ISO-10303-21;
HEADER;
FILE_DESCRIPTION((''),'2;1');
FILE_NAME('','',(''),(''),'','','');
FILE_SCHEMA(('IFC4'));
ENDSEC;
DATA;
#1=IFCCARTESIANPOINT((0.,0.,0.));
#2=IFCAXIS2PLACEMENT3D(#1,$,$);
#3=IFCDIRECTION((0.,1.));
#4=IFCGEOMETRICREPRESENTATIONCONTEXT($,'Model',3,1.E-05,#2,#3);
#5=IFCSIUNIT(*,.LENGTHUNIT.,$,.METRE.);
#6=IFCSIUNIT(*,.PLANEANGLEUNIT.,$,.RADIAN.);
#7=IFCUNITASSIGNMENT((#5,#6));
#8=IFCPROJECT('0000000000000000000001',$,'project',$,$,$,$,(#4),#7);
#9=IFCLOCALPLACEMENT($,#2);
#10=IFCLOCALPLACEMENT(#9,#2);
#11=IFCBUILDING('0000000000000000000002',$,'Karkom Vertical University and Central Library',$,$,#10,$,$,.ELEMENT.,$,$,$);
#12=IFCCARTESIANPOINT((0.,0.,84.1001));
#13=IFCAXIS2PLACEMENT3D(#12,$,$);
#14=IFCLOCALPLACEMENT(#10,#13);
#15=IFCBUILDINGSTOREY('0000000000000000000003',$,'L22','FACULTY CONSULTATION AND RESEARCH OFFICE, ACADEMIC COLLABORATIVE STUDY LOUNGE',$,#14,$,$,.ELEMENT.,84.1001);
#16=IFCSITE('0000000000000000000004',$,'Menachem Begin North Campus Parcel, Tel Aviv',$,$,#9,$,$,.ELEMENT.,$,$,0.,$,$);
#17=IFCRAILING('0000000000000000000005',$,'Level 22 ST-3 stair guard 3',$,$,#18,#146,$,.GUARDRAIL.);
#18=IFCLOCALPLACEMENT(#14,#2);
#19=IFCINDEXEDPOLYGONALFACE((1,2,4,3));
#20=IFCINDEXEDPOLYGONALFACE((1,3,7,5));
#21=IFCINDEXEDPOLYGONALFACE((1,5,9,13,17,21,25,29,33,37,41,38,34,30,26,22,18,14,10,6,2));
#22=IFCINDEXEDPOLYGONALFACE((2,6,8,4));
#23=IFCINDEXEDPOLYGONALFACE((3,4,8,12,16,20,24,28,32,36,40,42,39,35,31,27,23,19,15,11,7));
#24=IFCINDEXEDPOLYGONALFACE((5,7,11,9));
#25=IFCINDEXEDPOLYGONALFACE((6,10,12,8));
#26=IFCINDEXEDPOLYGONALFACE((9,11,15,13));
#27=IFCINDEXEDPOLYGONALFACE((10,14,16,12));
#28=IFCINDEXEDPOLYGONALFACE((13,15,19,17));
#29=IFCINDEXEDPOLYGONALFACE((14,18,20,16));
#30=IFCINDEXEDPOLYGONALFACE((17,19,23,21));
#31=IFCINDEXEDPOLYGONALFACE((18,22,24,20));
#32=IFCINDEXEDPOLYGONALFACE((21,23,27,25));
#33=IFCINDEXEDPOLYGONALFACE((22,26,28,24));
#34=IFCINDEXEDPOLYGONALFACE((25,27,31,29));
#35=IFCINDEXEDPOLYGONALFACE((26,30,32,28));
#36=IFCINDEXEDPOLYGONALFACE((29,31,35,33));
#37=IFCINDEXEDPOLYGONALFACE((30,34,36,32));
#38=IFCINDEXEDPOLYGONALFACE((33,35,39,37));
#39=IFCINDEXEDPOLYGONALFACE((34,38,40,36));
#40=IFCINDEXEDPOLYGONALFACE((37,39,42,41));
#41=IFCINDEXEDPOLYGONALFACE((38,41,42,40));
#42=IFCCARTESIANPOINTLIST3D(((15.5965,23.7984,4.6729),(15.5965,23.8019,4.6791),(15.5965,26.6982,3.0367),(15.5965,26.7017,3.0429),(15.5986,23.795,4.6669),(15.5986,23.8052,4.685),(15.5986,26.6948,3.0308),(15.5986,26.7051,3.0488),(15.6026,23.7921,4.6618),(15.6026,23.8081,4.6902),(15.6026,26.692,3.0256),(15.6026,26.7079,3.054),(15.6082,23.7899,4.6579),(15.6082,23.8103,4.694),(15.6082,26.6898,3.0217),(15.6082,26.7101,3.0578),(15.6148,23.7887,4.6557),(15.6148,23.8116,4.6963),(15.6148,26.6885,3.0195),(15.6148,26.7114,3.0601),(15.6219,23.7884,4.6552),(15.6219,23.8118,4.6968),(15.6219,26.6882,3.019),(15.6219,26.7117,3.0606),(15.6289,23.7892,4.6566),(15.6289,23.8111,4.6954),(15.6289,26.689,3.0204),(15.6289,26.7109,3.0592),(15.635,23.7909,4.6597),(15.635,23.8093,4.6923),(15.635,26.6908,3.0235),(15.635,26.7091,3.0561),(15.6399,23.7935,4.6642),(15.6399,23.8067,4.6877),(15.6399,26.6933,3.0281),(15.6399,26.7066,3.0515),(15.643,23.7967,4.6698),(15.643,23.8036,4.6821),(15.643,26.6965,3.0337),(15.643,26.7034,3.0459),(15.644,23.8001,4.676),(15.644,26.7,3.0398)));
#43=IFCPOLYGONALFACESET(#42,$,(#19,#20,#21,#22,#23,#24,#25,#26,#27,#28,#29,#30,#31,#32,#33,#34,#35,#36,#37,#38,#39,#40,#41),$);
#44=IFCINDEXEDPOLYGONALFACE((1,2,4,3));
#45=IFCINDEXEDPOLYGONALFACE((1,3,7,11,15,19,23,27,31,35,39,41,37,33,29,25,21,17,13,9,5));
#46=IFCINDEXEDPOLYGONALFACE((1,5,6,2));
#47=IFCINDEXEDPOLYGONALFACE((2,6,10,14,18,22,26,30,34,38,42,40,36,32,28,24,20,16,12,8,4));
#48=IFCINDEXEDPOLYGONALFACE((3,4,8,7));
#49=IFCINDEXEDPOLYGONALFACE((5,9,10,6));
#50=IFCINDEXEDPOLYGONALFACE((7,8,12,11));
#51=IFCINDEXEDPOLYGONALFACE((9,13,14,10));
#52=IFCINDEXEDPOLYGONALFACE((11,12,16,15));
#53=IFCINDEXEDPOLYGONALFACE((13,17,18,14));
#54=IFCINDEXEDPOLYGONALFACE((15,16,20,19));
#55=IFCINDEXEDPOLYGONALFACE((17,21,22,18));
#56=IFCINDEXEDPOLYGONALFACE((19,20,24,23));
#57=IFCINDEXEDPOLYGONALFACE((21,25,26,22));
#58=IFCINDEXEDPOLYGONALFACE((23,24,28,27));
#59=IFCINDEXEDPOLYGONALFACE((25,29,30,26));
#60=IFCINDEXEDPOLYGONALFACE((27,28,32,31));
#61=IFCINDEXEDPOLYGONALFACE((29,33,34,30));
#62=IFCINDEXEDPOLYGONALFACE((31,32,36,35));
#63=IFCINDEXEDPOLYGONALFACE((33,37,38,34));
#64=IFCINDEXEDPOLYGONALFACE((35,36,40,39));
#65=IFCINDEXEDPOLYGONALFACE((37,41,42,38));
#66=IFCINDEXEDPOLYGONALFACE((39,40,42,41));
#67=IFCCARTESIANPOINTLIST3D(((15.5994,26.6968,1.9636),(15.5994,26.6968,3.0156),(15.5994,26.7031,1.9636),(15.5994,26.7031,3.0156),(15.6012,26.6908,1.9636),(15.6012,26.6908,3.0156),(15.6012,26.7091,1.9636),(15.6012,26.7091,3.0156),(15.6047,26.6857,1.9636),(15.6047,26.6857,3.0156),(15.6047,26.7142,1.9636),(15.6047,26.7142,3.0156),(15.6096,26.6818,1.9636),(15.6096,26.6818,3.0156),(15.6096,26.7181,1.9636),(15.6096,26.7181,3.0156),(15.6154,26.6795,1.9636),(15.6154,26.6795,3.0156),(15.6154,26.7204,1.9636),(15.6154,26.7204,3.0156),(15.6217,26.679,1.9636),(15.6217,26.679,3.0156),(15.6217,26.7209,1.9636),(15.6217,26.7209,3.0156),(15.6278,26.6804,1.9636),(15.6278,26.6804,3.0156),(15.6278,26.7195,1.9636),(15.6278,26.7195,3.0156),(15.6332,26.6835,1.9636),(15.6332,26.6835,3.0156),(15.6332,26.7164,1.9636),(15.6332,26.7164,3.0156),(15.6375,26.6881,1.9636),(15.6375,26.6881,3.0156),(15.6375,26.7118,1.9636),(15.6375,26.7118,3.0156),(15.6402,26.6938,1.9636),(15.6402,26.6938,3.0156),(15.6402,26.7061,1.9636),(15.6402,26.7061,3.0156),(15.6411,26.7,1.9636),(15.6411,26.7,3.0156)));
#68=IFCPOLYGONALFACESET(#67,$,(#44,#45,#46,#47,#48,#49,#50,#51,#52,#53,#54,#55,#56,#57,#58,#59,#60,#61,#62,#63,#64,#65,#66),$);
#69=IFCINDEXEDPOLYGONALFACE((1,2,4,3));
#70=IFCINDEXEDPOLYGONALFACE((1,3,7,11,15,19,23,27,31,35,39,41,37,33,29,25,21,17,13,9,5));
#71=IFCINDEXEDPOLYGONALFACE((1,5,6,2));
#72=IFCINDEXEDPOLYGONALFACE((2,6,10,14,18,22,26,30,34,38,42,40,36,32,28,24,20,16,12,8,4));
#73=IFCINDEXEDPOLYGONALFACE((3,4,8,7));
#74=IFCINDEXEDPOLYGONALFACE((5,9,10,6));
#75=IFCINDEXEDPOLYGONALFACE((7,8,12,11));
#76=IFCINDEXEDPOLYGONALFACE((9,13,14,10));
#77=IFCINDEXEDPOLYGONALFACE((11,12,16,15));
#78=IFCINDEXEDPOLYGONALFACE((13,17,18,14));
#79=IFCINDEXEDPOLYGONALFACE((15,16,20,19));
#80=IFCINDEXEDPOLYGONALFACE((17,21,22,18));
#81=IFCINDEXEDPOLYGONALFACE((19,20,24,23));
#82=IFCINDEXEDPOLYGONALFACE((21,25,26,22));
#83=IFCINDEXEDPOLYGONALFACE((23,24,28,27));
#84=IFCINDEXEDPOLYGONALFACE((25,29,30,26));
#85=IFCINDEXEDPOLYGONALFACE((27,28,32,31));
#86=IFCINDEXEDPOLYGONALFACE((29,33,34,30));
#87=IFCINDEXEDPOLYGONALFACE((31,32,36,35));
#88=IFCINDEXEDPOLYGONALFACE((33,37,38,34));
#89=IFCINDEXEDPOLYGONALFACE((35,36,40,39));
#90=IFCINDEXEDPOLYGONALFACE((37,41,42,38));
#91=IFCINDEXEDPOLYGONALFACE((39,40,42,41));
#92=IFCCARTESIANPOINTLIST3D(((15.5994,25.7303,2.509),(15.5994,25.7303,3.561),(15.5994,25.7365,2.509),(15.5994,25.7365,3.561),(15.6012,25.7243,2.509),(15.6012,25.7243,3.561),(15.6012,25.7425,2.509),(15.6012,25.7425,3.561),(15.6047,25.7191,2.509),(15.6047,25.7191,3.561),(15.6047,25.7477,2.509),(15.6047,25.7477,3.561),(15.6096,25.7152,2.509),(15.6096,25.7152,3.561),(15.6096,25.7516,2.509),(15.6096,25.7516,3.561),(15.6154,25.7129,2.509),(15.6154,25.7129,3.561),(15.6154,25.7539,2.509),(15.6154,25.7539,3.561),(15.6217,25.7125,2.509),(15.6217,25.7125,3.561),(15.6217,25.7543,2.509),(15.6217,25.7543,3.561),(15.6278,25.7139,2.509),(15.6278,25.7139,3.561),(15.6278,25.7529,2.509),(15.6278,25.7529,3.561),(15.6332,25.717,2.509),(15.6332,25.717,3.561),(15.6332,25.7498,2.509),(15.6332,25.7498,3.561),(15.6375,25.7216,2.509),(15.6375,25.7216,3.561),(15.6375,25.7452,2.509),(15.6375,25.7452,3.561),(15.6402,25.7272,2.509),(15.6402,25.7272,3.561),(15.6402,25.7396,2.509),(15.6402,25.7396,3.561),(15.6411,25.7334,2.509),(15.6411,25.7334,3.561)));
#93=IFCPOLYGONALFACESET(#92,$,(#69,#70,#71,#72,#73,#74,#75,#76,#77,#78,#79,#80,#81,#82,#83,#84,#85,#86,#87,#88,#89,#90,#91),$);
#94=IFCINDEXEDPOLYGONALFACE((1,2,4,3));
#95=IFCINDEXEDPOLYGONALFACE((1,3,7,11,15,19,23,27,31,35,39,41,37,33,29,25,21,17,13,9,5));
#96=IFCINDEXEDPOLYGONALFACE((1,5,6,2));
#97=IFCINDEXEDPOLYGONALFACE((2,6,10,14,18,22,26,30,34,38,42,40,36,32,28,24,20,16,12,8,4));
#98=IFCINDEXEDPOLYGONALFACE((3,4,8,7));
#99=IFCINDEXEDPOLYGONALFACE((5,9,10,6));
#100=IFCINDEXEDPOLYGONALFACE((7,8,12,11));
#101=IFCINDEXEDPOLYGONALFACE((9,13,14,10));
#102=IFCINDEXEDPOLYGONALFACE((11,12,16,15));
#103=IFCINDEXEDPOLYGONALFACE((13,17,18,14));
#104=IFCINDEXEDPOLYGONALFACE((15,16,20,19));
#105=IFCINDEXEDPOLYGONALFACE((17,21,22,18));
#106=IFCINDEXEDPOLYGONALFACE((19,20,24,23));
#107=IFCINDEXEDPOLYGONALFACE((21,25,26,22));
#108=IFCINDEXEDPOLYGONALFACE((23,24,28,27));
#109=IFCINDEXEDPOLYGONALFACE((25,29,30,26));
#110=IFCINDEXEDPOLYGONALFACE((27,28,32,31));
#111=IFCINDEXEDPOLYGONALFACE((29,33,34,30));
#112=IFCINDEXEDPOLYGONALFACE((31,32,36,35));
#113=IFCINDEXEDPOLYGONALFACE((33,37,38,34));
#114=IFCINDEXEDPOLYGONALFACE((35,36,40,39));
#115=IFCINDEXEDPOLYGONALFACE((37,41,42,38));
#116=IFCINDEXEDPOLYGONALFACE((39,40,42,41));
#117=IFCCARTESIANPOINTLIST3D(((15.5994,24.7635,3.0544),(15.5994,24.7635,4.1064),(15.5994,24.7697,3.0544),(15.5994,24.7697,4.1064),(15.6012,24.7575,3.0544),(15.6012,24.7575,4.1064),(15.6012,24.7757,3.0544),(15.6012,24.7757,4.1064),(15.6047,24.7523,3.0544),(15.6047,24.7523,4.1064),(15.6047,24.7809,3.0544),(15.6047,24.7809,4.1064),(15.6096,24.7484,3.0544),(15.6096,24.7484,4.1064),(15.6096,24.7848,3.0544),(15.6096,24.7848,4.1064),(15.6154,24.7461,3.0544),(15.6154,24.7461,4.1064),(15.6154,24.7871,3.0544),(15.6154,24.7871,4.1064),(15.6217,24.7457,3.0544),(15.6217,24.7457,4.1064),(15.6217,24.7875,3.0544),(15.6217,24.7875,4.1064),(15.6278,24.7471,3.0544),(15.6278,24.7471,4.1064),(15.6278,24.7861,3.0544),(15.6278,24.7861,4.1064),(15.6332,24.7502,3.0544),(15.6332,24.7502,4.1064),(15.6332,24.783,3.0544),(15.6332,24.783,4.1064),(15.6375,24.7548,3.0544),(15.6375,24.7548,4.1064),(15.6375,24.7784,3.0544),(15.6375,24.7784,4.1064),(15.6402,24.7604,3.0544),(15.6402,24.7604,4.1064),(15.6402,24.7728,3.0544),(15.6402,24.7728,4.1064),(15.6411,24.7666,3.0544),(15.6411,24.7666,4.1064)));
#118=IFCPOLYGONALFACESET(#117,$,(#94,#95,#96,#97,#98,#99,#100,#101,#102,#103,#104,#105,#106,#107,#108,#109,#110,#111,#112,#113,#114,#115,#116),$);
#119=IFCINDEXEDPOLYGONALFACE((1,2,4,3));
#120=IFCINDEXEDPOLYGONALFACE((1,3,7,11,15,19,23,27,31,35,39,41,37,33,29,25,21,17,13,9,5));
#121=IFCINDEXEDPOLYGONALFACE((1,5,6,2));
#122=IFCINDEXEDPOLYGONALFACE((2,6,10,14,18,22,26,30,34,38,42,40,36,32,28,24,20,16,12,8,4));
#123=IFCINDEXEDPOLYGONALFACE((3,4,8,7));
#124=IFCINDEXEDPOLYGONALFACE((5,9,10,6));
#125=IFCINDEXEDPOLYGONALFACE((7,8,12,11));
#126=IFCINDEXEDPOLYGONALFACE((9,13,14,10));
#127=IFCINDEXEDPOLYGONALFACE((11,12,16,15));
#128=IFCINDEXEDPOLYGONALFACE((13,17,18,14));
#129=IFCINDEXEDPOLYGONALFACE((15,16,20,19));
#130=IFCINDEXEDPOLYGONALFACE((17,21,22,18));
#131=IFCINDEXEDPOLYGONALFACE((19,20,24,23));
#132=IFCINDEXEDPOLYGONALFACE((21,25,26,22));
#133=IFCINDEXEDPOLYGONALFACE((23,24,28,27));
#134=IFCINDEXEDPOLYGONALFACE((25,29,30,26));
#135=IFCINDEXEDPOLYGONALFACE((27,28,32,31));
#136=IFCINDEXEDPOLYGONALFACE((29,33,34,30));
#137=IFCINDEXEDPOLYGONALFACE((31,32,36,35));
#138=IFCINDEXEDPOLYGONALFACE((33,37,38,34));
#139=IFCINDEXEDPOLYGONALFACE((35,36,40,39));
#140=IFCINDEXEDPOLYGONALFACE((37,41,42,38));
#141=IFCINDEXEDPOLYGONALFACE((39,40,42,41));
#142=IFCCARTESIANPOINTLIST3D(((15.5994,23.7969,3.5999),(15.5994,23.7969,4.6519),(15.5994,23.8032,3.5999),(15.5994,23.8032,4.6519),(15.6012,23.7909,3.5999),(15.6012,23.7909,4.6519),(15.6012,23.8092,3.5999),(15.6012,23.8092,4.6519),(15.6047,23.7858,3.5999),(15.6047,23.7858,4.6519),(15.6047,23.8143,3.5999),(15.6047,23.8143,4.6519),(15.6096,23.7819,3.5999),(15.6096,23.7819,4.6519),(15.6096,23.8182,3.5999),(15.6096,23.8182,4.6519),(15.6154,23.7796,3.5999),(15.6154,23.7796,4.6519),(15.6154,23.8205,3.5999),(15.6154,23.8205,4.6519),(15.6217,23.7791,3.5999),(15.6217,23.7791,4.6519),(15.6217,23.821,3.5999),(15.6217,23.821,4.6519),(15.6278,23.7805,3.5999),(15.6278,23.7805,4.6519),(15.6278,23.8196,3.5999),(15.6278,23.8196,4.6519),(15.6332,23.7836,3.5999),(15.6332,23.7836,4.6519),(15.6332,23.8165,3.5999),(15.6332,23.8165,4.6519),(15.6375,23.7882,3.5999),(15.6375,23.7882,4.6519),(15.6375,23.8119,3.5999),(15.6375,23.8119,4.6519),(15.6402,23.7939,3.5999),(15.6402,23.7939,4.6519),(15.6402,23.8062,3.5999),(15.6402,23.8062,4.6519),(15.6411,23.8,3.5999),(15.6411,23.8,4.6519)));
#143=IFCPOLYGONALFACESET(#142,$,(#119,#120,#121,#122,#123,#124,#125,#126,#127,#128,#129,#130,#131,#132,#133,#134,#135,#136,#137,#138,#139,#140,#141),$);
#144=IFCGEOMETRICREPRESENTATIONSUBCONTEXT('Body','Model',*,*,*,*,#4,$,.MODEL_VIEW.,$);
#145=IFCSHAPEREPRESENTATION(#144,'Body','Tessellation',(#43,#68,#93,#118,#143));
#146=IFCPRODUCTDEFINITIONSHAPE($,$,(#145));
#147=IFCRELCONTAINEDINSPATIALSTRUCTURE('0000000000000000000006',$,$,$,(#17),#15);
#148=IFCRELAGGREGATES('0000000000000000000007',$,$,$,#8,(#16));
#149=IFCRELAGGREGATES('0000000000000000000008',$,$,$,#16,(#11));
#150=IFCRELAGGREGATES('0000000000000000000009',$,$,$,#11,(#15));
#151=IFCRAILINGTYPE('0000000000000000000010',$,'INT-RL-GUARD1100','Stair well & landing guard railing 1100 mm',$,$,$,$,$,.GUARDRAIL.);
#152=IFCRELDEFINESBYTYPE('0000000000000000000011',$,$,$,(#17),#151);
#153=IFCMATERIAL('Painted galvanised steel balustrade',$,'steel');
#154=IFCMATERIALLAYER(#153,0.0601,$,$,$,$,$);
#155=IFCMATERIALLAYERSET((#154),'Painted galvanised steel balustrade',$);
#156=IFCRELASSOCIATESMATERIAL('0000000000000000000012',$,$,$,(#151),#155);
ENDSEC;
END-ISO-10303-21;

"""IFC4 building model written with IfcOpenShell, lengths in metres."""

from ifc_helpers import new_model, si_unit, direction, frame, origin, origin_2d, place, context, subcontext, project, spatial, circle, extrude, material, layer, layer_set, type_object, element, save


model = new_model("IFC4")

# Units and contexts
model_context = context("Model", 3, precision=1e-05, world=origin(), true_north=direction((0.0, 1.0)))
body_context = subcontext(model_context, "Body", "Model", "MODEL_VIEW")
ifc_project = project(units=[si_unit("LENGTHUNIT", "METRE"), si_unit("PLANEANGLEUNIT", "RADIAN")], contexts=[model_context])

# Site, building, storey
site_placement = place(None, origin())
site = spatial("IfcSite", under=ifc_project, at=site_placement, Name="Menachem Begin North Campus Parcel, Tel Aviv", CompositionType="ELEMENT", RefElevation=0.0)
building_placement = place(site_placement, origin())
building = spatial("IfcBuilding", under=site, at=building_placement, Name="Karkom Vertical University and Central Library", CompositionType="ELEMENT")
storey_placement = place(building_placement, frame((0.0, 0.0, 84.1001)))
storey = spatial("IfcBuildingStorey", under=building, at=storey_placement, Name="L22", Description="FACULTY CONSULTATION AND RESEARCH OFFICE, ACADEMIC COLLABORATIVE STUDY LOUNGE", CompositionType="ELEMENT", Elevation=84.1001)

# Railing
ifc_material_1 = material(Name="Painted galvanised steel balustrade", Category="steel")
ifc_layer_1 = layer(ifc_material_1, 0.0601)
ifc_layer_set_1 = layer_set([ifc_layer_1], Name="Painted galvanised steel balustrade")
railing_type_1 = type_object("IfcRailingType", Name="INT-RL-GUARD1100", Description="Stair well & landing guard railing 1100 mm", PredefinedType="GUARDRAIL", material=ifc_layer_set_1)
railing_1_placement = place(storey_placement, frame((15.6201, 26.7, 1.9636)))
element("IfcRailing", 1, at=railing_1_placement, inside=storey, type_object=railing_type_1, Name="Level 22 ST-3 stair guard 3", PredefinedType="GUARDRAIL", context=body_context, shape_type="SweptSolid", body=[
    extrude(circle(Radius=0.0239, at=origin_2d()), frame((0.0, 0.0, 1.0762), z_axis=(0.0, -0.870929, 0.49141), x_axis=(1.0, 0.0, 0.0)), (0.0, 0.0, 1.0), 3.3296),
    extrude(circle(Radius=0.021, at=origin_2d()), origin(), (0.0, 0.0, 1.0), 1.052),
    extrude(circle(Radius=0.021, at=origin_2d()), frame((0.0, -0.9666, 0.5454)), (0.0, 0.0, 1.0), 1.052),
    extrude(circle(Radius=0.021, at=origin_2d()), frame((0.0, -1.9333, 1.0908)), (0.0, 0.0, 1.0), 1.052),
    extrude(circle(Radius=0.021, at=origin_2d()), frame((0.0, -2.8999, 1.6362)), (0.0, 0.0, 1.0), 1.052),
])

save(model, "model.ifc")
